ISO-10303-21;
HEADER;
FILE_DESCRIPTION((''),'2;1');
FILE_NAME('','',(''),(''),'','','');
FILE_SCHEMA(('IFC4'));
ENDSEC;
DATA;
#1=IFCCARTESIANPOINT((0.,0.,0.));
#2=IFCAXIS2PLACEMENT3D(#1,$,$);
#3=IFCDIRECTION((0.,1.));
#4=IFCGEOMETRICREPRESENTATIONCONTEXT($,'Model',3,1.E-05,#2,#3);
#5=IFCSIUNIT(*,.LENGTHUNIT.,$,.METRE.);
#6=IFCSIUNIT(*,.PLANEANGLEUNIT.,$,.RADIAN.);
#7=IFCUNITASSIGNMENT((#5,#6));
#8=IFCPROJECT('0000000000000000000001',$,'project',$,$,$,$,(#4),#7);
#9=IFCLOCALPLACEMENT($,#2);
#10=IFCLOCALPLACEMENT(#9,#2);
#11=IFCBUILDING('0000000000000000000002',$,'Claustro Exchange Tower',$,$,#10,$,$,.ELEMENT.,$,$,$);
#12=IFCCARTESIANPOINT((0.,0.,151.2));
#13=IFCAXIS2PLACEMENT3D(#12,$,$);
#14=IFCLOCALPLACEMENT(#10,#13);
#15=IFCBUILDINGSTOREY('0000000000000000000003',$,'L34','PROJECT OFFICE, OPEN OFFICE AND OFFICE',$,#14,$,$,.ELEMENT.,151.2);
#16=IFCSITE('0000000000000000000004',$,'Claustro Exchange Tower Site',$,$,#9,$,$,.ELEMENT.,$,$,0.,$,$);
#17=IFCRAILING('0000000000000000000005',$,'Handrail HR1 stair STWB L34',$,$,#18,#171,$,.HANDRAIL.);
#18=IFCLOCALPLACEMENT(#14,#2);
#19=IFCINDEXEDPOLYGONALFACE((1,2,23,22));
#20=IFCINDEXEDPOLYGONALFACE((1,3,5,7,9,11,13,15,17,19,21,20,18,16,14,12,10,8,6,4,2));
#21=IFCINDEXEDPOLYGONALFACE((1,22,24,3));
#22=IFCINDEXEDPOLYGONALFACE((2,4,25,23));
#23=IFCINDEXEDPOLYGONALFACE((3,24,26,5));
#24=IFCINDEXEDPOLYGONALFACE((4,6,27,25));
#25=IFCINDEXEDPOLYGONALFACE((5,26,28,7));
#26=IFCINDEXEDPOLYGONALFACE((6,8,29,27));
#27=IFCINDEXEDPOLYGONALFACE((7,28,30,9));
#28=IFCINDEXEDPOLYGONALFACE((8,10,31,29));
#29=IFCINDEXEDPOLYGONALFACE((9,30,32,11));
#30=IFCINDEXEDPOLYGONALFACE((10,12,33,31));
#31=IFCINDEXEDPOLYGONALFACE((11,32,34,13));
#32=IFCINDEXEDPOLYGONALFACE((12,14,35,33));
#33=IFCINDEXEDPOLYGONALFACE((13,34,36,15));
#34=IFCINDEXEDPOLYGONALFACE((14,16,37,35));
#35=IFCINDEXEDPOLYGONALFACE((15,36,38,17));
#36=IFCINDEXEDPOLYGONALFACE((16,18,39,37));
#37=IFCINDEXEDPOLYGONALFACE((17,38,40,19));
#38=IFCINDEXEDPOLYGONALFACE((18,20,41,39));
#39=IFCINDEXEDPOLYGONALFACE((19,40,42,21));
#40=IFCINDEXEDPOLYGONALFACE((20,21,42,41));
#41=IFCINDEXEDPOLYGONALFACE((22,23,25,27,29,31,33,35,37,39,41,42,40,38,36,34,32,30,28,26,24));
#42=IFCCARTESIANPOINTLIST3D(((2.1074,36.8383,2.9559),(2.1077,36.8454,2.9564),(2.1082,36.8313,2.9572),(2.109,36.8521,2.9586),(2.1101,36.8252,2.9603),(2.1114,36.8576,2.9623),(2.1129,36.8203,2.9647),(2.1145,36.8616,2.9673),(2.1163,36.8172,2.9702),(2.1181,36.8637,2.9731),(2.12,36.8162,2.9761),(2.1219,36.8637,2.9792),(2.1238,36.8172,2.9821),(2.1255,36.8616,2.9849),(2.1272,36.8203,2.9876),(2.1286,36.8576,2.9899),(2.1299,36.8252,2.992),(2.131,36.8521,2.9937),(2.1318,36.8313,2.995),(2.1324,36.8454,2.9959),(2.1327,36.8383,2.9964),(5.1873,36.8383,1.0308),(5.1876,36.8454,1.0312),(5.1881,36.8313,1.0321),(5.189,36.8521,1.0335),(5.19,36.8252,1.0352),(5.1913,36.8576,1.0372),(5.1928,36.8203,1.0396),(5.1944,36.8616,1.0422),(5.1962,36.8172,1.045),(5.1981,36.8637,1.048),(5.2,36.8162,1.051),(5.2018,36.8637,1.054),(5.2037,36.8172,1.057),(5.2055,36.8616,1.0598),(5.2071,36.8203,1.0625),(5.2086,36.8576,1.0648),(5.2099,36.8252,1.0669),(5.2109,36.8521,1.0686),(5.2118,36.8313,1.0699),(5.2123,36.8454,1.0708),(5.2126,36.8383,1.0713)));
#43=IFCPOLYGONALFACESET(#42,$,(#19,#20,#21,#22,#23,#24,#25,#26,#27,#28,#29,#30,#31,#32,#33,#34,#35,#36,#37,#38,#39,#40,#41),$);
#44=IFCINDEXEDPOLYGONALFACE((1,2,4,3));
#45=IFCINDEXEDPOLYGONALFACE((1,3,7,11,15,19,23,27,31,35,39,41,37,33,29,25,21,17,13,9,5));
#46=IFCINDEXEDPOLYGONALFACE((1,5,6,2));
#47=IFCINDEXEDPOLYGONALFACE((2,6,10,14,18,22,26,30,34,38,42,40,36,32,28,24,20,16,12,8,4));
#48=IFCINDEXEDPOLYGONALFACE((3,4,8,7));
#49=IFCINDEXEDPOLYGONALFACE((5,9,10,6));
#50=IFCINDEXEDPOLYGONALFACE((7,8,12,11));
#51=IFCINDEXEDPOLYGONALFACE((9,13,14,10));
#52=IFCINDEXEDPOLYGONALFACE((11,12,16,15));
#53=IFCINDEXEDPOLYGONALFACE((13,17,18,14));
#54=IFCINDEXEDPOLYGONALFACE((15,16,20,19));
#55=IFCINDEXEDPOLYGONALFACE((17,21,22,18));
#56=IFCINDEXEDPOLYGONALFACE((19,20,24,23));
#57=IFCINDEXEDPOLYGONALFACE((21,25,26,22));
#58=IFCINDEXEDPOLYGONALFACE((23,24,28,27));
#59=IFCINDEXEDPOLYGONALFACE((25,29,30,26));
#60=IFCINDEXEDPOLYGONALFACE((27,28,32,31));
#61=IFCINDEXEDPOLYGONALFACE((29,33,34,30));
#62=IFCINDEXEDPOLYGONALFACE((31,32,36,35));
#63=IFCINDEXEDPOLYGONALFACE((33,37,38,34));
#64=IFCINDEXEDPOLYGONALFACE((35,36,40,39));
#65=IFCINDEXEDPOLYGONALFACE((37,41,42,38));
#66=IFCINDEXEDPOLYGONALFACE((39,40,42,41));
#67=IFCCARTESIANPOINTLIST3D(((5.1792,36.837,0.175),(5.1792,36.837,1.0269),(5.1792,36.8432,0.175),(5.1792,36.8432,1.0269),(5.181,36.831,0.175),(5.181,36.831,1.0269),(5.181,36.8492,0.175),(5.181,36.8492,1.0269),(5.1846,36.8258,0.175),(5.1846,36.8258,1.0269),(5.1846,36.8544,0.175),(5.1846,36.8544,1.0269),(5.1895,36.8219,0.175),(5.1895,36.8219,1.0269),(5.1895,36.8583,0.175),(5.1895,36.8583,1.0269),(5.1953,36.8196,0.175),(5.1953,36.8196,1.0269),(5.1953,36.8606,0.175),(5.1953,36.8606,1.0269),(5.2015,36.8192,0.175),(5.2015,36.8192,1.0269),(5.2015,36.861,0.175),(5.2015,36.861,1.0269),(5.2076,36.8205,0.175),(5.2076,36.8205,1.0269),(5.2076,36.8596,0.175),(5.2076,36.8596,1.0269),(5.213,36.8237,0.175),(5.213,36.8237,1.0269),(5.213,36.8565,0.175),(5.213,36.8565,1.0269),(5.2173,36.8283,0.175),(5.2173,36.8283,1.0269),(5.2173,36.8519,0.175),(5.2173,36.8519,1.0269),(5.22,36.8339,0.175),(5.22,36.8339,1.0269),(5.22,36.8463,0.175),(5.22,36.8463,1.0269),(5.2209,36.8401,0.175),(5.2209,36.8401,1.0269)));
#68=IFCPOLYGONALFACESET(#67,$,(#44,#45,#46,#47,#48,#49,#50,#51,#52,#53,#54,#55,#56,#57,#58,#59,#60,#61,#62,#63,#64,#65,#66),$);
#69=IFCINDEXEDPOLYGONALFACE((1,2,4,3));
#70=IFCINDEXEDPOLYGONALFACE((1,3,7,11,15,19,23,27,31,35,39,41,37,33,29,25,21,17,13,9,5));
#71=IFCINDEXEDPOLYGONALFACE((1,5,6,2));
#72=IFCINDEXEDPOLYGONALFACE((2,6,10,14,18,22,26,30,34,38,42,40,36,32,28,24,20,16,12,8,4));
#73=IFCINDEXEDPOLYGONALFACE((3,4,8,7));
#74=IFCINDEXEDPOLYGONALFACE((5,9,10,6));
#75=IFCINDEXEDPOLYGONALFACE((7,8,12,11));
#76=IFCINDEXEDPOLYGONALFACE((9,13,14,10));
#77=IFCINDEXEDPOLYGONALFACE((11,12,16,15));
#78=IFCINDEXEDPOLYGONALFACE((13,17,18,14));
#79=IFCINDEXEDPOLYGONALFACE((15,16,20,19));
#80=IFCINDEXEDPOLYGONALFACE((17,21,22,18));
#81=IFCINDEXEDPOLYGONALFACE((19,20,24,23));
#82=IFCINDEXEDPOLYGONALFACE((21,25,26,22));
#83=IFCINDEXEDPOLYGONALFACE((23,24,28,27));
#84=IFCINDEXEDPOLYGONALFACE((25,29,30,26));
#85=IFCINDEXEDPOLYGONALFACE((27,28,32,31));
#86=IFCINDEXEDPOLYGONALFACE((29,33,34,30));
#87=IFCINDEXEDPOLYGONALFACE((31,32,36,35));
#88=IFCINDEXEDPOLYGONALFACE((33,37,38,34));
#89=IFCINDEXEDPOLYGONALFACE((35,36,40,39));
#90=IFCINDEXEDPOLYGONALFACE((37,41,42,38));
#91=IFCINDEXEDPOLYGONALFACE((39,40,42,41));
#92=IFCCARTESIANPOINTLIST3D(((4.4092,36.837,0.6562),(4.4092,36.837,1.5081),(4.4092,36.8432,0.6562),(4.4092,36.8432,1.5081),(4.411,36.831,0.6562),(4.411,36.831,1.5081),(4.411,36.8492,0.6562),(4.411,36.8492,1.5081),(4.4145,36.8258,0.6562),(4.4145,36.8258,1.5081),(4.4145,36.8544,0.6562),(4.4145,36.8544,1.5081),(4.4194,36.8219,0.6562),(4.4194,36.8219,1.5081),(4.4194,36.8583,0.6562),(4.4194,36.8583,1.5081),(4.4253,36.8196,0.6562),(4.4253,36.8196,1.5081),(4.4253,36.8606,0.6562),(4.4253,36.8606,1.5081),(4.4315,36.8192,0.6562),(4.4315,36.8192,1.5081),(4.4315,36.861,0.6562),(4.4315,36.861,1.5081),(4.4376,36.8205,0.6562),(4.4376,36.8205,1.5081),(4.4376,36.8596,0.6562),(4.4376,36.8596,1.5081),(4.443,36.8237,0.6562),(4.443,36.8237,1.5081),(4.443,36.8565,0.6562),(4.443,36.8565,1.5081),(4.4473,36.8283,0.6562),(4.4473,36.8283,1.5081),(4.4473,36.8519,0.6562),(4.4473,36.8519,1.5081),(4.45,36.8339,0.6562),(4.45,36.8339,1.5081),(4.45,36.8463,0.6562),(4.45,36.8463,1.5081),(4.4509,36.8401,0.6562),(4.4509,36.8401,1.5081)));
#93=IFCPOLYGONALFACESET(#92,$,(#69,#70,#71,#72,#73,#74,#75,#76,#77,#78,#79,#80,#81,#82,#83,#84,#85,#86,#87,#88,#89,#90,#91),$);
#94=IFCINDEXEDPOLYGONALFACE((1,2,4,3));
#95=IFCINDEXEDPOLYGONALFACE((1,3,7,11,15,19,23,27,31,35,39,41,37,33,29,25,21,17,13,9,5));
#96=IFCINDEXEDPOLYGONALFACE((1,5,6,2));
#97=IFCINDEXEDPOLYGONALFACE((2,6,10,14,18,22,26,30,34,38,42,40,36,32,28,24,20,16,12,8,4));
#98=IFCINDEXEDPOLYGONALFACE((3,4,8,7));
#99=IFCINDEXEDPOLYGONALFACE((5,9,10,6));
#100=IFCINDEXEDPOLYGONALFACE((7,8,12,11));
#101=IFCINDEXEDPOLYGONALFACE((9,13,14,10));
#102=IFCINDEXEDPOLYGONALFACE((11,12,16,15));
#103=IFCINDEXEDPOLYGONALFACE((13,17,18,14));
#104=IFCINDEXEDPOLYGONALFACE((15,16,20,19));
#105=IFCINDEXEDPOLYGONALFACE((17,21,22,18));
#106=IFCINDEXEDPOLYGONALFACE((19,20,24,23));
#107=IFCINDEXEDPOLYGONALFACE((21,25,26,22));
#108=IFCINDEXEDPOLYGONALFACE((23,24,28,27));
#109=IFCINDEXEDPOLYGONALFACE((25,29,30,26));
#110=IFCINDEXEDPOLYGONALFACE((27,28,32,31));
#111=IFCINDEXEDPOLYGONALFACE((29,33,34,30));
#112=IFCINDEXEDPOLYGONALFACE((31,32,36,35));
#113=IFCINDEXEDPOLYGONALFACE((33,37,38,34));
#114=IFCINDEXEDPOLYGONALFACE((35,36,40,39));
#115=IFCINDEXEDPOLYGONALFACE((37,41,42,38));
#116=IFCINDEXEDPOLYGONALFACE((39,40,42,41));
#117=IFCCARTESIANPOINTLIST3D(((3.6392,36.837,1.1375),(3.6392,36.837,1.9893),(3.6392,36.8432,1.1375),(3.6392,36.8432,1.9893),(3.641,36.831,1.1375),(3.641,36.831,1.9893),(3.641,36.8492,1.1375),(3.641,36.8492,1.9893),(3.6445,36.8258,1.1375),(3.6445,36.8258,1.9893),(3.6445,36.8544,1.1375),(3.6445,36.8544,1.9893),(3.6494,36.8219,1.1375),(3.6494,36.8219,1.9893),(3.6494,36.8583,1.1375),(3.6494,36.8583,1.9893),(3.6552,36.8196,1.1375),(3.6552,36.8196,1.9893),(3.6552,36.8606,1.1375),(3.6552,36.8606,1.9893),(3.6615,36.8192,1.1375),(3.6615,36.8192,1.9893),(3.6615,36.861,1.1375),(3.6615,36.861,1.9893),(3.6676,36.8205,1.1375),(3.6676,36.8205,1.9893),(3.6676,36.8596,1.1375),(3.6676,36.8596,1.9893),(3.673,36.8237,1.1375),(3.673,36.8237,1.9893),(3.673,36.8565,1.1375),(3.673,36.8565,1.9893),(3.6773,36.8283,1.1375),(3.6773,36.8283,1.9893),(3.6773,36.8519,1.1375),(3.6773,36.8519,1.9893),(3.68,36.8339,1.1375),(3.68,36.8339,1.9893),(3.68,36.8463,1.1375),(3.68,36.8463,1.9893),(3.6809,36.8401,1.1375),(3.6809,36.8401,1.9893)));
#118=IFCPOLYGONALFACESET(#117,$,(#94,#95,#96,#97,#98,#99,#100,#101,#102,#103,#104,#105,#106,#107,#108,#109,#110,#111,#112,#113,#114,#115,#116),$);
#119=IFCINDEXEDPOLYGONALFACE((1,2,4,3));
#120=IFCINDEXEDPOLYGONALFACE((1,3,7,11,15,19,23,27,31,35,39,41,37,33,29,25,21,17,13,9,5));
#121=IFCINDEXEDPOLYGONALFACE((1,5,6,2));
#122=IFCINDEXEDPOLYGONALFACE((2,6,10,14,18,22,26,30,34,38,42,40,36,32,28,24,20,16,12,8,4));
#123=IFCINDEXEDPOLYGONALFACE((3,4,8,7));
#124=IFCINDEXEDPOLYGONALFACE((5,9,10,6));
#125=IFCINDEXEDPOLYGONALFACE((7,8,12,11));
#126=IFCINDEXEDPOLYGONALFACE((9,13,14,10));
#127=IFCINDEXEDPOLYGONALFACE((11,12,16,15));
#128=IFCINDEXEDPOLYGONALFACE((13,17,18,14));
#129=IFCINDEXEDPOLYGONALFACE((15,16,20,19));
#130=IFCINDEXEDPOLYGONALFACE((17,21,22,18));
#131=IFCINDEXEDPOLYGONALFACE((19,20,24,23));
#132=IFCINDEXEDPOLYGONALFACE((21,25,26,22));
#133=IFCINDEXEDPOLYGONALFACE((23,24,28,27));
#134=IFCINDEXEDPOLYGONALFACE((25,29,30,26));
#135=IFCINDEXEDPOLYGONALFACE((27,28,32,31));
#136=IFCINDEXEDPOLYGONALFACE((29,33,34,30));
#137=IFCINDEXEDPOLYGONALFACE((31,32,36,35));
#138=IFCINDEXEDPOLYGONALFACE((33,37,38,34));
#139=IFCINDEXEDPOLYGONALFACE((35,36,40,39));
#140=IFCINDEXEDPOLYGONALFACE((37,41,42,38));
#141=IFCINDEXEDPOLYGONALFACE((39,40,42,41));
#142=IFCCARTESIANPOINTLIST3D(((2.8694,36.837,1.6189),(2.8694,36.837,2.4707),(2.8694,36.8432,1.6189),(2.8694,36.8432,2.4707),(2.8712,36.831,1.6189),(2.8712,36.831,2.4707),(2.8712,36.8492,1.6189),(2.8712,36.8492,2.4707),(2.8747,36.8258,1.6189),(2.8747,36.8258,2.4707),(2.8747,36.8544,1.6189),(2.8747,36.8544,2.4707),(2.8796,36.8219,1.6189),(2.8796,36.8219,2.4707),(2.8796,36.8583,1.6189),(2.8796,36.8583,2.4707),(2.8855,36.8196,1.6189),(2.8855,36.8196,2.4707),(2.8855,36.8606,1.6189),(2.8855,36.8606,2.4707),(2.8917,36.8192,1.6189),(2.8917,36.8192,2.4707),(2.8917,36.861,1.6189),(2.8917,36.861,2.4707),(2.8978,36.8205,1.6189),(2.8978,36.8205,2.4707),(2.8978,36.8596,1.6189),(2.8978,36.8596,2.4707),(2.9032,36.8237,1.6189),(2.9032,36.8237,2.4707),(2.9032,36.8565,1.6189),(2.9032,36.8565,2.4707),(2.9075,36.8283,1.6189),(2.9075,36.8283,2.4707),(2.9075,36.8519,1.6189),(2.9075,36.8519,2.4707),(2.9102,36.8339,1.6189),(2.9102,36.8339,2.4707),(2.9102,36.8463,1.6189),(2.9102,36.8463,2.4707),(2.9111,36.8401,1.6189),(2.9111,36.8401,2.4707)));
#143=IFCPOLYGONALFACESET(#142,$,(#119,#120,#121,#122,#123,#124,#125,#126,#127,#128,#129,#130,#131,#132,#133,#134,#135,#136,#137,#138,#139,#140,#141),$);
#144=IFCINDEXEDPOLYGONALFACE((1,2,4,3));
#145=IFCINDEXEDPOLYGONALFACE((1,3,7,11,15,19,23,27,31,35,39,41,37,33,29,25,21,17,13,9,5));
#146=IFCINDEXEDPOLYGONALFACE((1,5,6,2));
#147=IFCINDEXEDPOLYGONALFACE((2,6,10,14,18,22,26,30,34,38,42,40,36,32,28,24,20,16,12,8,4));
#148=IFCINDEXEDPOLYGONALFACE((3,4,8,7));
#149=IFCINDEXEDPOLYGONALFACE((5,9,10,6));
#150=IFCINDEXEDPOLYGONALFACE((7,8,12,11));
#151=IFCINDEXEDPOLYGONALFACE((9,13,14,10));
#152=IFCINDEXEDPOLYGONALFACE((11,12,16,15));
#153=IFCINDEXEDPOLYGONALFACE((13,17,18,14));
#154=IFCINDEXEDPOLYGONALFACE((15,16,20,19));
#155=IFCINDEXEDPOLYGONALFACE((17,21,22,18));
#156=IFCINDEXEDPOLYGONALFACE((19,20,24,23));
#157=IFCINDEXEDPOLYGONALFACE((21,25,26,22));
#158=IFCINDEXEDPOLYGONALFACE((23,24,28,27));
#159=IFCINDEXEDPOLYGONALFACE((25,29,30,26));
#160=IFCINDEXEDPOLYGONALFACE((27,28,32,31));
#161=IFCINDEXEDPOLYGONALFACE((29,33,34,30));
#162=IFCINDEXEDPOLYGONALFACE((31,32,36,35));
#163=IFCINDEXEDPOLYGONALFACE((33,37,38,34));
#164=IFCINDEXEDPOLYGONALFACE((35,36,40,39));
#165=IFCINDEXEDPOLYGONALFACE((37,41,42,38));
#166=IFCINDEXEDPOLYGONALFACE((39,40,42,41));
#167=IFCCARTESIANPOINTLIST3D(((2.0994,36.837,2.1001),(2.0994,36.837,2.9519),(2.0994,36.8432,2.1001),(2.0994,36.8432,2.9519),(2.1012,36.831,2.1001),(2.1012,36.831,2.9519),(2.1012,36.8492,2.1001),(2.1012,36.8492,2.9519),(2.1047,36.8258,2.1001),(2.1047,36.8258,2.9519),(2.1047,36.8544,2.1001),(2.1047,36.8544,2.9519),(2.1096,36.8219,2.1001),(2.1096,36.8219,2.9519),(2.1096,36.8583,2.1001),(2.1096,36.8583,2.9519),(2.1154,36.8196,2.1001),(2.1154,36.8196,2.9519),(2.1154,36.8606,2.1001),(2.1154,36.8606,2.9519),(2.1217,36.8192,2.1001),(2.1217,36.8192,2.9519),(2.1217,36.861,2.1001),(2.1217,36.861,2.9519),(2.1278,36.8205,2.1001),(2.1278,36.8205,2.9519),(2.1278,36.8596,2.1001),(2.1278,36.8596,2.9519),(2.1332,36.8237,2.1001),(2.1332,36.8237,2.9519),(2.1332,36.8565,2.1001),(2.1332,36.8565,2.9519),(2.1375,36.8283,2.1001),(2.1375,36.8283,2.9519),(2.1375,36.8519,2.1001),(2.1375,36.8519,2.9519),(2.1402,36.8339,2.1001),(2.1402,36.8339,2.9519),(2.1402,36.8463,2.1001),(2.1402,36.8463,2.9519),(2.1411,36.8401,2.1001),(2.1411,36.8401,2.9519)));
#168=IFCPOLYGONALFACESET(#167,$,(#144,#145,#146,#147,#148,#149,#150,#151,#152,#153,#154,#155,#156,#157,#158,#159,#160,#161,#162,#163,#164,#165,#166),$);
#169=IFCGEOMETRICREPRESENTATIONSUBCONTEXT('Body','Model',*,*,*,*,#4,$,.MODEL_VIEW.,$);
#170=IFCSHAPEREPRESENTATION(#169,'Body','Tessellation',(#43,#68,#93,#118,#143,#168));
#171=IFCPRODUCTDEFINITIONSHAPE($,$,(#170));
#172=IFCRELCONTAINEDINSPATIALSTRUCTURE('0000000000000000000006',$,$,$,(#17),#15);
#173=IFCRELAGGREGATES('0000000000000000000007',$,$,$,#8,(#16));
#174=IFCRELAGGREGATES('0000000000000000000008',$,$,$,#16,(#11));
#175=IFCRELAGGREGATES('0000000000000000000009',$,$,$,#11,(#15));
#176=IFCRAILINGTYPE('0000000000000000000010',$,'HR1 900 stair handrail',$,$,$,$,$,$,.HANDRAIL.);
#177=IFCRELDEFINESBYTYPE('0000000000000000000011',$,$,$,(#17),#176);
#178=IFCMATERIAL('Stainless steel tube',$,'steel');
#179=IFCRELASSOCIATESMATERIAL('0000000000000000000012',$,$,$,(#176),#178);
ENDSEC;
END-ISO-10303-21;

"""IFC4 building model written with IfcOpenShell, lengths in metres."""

from ifc_helpers import new_model, si_unit, direction, frame, origin, origin_2d, place, context, subcontext, project, spatial, circle, extrude, material, type_object, element, save


model = new_model("IFC4")

# Units and contexts
model_context = context("Model", 3, precision=1e-05, world=origin(), true_north=direction((0.0, 1.0)))
body_context = subcontext(model_context, "Body", "Model", "MODEL_VIEW")
ifc_project = project(units=[si_unit("LENGTHUNIT", "METRE"), si_unit("PLANEANGLEUNIT", "RADIAN")], contexts=[model_context])

# Site, building, storey
site_placement = place(None, origin())
site = spatial("IfcSite", under=ifc_project, at=site_placement, Name="Claustro Exchange Tower Site", CompositionType="ELEMENT", RefElevation=0.0)
building_placement = place(site_placement, origin())
building = spatial("IfcBuilding", under=site, at=building_placement, Name="Claustro Exchange Tower", CompositionType="ELEMENT")
storey_placement = place(building_placement, frame((0.0, 0.0, 151.2)))
storey = spatial("IfcBuildingStorey", under=building, at=storey_placement, Name="L34", Description="PROJECT OFFICE, OPEN OFFICE AND OFFICE", CompositionType="ELEMENT", Elevation=151.2)

# Railing
ifc_material_1 = material(Name="Stainless steel tube", Category="steel")
railing_type_1 = type_object("IfcRailingType", Name="HR1 900 stair handrail", PredefinedType="HANDRAIL", material=ifc_material_1)
railing_1_placement = place(storey_placement, frame((5.2, 36.8401, 0.175)))
element("IfcRailing", 1, at=railing_1_placement, inside=storey, type_object=railing_type_1, Name="Handrail HR1 stair STWB L34", PredefinedType="HANDRAIL", context=body_context, shape_type="SweptSolid", body=[
    extrude(circle(Radius=0.0239, at=origin_2d()), frame((0.0, 0.0, 0.876), z_axis=(-0.847979, 0.0, 0.530029), x_axis=(0.0, -1.0, 0.0)), (0.0, 0.0, 1.0), 3.6321),
    extrude(circle(Radius=0.021, at=origin_2d()), origin(), (0.0, 0.0, 1.0), 0.8518),
    extrude(circle(Radius=0.021, at=origin_2d()), frame((-0.77, 0.0, 0.4812)), (0.0, 0.0, 1.0), 0.8518),
    extrude(circle(Radius=0.021, at=origin_2d()), frame((-1.54, 0.0, 0.9624)), (0.0, 0.0, 1.0), 0.8518),
    extrude(circle(Radius=0.021, at=origin_2d()), frame((-2.3098, 0.0, 1.4438)), (0.0, 0.0, 1.0), 0.8518),
    extrude(circle(Radius=0.021, at=origin_2d()), frame((-3.0798, 0.0, 1.925)), (0.0, 0.0, 1.0), 0.8518),
])

save(model, "model.ifc")
